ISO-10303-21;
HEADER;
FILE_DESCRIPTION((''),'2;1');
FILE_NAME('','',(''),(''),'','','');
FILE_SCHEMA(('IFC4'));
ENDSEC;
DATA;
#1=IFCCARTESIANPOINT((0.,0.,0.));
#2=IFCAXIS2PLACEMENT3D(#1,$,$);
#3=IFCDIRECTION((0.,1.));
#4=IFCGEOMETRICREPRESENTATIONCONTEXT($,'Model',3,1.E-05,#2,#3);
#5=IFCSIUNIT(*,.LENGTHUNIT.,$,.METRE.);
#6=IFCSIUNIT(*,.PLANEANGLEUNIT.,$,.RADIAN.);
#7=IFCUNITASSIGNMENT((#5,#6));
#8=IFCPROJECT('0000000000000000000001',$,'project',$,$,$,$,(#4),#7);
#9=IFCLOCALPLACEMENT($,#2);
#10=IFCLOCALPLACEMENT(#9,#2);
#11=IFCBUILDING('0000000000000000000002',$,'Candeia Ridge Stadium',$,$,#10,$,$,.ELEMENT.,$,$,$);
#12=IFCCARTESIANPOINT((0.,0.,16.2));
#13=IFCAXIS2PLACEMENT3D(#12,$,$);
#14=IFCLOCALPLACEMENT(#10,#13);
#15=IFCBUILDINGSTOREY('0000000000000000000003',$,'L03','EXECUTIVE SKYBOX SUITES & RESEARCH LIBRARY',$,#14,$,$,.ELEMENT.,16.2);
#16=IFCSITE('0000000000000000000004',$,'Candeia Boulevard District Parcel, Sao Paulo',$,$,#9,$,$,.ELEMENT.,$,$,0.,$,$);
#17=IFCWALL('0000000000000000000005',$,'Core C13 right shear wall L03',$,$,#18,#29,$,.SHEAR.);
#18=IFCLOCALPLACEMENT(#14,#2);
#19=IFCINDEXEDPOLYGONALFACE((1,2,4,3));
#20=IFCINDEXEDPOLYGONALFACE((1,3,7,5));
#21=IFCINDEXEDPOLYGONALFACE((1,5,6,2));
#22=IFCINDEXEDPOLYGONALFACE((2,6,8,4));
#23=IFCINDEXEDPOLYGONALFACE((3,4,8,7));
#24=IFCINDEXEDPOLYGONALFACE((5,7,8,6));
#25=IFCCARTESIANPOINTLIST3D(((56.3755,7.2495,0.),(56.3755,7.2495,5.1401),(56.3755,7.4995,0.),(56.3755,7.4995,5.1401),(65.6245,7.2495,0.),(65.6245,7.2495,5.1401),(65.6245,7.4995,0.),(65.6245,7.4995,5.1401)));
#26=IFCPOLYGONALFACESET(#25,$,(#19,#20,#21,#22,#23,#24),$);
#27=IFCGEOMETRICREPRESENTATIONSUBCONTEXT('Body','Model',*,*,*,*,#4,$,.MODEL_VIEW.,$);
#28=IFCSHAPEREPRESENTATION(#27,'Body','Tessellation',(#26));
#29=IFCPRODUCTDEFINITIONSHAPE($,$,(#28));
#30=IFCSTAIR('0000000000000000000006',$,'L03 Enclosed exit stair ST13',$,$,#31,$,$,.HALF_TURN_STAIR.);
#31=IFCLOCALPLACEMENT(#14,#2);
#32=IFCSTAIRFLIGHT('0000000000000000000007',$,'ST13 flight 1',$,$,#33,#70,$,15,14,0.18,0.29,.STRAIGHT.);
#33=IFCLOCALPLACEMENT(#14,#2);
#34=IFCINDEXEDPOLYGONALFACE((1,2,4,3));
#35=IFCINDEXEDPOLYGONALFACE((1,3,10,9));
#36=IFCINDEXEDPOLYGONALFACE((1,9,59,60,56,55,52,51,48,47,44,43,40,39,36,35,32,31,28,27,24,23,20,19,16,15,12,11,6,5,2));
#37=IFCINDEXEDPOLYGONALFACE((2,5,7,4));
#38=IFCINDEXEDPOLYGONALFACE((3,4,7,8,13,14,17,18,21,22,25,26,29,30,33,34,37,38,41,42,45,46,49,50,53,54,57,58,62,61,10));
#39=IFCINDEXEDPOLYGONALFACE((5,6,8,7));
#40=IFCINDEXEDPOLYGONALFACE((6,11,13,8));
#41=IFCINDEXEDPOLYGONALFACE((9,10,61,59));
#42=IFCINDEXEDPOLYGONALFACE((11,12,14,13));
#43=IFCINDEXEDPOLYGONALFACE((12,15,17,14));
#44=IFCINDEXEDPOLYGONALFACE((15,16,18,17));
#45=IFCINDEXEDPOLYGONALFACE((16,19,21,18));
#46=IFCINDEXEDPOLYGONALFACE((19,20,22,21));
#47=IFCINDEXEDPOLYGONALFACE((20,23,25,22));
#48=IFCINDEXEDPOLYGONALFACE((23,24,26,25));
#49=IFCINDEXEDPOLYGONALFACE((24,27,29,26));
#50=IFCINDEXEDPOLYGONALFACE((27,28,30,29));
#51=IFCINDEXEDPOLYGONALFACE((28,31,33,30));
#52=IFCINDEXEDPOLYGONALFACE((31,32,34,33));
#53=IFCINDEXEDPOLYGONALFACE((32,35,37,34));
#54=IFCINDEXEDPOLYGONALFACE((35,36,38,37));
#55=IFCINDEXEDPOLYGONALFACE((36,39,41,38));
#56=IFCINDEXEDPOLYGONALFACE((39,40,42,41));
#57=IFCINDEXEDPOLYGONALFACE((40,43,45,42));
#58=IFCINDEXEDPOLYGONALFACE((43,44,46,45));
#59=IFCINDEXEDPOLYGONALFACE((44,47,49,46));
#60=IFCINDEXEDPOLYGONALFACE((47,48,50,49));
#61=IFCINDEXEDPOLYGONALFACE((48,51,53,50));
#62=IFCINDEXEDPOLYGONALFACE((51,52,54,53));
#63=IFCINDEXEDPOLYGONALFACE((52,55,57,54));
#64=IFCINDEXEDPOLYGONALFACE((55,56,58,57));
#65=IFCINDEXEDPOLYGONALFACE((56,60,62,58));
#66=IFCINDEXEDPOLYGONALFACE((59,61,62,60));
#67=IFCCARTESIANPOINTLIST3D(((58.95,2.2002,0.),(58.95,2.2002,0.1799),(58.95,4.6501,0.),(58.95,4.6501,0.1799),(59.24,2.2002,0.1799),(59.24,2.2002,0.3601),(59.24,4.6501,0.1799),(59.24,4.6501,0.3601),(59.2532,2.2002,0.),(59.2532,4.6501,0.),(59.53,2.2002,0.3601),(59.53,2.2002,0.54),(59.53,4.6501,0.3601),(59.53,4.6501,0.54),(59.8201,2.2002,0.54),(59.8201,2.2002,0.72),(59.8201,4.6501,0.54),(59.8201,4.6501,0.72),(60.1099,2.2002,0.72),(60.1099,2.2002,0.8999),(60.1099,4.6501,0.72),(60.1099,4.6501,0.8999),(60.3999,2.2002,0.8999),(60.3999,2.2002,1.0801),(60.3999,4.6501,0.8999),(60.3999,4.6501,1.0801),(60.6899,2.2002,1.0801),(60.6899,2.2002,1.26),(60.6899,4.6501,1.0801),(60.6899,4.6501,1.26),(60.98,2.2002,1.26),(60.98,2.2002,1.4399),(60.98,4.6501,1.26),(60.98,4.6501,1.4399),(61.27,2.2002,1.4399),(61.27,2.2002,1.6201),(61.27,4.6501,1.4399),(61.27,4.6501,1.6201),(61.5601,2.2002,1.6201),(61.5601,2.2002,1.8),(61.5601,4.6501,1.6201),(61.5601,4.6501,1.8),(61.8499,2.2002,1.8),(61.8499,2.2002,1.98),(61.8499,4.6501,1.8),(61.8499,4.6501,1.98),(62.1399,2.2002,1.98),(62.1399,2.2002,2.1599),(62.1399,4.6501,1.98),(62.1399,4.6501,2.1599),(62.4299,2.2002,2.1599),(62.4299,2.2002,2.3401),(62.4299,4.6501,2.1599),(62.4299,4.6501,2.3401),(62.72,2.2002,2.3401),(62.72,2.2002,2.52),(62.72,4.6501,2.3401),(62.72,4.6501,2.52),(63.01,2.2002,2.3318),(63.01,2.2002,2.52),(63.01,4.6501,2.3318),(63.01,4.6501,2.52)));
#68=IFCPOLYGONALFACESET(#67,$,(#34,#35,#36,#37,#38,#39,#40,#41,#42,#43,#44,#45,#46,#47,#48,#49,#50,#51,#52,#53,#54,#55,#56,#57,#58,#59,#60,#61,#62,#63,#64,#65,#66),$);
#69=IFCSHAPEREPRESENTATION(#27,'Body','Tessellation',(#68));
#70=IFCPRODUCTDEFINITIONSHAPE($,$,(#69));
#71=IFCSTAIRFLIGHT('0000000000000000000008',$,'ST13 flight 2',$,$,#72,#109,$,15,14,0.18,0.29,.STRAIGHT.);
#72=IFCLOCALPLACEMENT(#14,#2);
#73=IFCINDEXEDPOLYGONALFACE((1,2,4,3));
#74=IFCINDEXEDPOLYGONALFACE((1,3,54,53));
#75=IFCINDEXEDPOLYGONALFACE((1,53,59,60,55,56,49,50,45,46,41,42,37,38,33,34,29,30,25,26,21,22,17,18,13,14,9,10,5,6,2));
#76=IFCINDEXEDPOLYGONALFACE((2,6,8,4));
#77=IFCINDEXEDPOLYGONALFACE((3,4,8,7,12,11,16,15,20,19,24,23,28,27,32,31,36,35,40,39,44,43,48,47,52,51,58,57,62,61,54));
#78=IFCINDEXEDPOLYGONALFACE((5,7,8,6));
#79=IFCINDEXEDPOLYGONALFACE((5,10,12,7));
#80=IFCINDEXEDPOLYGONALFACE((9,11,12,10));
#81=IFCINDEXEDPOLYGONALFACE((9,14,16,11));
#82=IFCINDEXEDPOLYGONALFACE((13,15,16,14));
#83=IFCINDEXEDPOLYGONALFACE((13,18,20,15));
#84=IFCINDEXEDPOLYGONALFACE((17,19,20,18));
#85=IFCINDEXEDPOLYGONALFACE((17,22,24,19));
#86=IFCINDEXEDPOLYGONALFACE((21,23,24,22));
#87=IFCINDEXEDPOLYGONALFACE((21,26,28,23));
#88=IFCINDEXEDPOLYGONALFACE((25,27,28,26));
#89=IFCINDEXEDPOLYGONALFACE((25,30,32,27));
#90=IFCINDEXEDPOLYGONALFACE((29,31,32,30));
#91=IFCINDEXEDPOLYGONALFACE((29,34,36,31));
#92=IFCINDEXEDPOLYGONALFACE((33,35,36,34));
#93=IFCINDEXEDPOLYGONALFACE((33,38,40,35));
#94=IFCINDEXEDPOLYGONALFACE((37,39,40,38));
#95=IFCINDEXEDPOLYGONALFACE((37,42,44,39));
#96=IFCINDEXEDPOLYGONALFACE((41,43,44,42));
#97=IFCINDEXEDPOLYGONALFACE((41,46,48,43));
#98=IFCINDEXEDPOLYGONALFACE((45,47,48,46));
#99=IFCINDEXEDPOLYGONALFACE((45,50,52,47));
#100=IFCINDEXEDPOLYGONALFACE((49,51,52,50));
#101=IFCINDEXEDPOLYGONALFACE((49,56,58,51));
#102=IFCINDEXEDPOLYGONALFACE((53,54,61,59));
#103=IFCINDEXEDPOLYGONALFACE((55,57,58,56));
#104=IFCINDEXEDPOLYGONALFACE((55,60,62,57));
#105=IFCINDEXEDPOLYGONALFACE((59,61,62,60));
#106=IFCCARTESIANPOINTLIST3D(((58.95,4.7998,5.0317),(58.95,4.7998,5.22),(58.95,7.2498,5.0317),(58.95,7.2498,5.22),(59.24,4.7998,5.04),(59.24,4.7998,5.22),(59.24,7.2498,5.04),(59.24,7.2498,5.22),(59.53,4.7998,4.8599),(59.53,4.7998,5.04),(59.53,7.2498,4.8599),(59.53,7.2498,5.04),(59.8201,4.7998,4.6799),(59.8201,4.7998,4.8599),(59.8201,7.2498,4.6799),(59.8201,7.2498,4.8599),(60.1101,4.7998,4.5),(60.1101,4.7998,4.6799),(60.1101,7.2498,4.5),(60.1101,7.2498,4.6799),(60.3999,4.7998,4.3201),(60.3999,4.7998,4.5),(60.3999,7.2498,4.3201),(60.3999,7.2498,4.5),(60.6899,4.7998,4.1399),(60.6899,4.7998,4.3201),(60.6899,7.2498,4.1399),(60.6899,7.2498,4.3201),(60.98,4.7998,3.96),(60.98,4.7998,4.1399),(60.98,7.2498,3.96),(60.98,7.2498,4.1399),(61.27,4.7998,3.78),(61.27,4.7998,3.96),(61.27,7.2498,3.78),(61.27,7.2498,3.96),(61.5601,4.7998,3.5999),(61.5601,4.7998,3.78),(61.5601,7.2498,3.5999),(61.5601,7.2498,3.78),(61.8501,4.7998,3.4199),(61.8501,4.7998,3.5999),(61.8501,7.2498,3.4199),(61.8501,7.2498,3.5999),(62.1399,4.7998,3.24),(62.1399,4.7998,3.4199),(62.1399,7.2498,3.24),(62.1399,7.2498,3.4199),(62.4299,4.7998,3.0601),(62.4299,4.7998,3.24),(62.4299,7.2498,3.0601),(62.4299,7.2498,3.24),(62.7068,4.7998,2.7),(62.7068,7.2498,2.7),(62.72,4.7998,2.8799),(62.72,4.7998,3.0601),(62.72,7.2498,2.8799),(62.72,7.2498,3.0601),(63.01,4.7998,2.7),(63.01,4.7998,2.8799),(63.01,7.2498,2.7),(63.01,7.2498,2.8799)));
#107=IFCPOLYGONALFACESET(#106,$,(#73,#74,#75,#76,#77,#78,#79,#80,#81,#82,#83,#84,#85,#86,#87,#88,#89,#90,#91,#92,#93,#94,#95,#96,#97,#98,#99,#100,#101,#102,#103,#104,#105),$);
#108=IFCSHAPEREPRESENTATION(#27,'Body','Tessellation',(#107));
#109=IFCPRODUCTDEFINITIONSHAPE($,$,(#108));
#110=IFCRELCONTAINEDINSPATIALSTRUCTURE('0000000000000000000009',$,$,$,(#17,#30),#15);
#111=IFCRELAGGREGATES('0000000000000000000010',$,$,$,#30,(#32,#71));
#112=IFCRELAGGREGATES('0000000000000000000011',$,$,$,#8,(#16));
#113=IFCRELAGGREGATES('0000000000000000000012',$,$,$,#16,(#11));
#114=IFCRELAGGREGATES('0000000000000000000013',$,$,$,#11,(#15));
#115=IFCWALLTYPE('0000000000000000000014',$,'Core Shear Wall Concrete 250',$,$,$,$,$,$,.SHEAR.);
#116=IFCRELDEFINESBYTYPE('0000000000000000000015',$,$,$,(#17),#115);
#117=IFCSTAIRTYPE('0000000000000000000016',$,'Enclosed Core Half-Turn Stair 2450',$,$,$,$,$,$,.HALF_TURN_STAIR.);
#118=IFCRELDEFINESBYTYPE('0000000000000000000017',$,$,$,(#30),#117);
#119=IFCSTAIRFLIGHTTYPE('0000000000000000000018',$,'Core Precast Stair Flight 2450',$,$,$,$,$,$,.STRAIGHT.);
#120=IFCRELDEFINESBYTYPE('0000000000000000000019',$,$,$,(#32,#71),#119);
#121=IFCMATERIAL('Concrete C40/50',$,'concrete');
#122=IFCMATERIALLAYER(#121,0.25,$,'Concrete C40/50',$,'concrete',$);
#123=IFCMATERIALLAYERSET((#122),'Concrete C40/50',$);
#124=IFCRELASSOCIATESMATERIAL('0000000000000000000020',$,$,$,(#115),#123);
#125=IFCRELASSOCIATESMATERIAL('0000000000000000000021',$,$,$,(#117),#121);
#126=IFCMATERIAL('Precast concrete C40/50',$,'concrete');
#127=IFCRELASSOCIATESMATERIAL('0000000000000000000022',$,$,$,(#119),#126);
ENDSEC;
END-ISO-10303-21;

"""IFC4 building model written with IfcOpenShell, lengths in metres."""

from ifc_helpers import new_model, si_unit, direction, frame, frame_2d, origin, place, context, subcontext, project, spatial, polyline, rectangle, outline, extrude, material, layer, layer_set, type_object, element, aggregate, save


model = new_model("IFC4")

# Units and contexts
model_context = context("Model", 3, precision=1e-05, world=origin(), true_north=direction((0.0, 1.0)))
body_context = subcontext(model_context, "Body", "Model", "MODEL_VIEW")
ifc_project = project(units=[si_unit("LENGTHUNIT", "METRE"), si_unit("PLANEANGLEUNIT", "RADIAN")], contexts=[model_context])

# Site, building, storey
site_placement = place(None, origin())
site = spatial("IfcSite", under=ifc_project, at=site_placement, Name="Candeia Boulevard District Parcel, Sao Paulo", CompositionType="ELEMENT", RefElevation=0.0)
building_placement = place(site_placement, origin())
building = spatial("IfcBuilding", under=site, at=building_placement, Name="Candeia Ridge Stadium", CompositionType="ELEMENT")
storey_placement = place(building_placement, frame((0.0, 0.0, 16.2)))
storey = spatial("IfcBuildingStorey", under=building, at=storey_placement, Name="L03", Description="EXECUTIVE SKYBOX SUITES & RESEARCH LIBRARY", CompositionType="ELEMENT", Elevation=16.2)

# Shared definitions
ifc_material_1 = material(Name="Concrete C40/50", Category="concrete")

# Wall
ifc_layer_1 = layer(ifc_material_1, 0.25, Name="Concrete C40/50", Category="concrete")
ifc_layer_set_1 = layer_set([ifc_layer_1], Name="Concrete C40/50")
wall_type = type_object("IfcWallType", Name="Core Shear Wall Concrete 250", PredefinedType="SHEAR", material=ifc_layer_set_1)
wall_1_placement = place(storey_placement, frame((65.6245, 7.3745, 0.0), z_axis=(0.0, 0.0, 1.0), x_axis=(-1.0, 0.0, 0.0)))
element("IfcWall", 1, at=wall_1_placement, inside=storey, type_object=wall_type, Name="Core C13 right shear wall L03", PredefinedType="SHEAR", context=body_context, shape_type="SweptSolid", body=[
    extrude(rectangle(XDim=9.249, YDim=0.25, at=frame_2d((4.6245, 0.0))), origin(), (0.0, 0.0, 1.0), 5.1401),
])

# Stair, stair flights
stair_type = type_object("IfcStairType", Name="Enclosed Core Half-Turn Stair 2450", PredefinedType="HALF_TURN_STAIR", material=ifc_material_1)
stair_placement = place(storey_placement, origin())
stair = element("IfcStair", 2, at=stair_placement, inside=storey, type_object=stair_type, Name="L03 Enclosed exit stair ST13", PredefinedType="HALF_TURN_STAIR")
ifc_material_2 = material(Name="Precast concrete C40/50", Category="concrete")
stair_flight_type = type_object("IfcStairFlightType", Name="Core Precast Stair Flight 2450", PredefinedType="STRAIGHT", material=ifc_material_2)
stair_flight_1_placement = place(storey_placement, frame((58.95, 3.425, 0.0), z_axis=(0.0, 0.0, 1.0), x_axis=(1.0, 0.0, 0.0)))
stair_flight_1 = element("IfcStairFlight", 3, at=stair_flight_1_placement, type_object=stair_flight_type, Name="ST13 flight 1", NumberOfRisers=15, NumberOfTreads=14, PredefinedType="STRAIGHT", RiserHeight=0.18, TreadLength=0.29, context=body_context, shape_type="SweptSolid", body=[
    extrude(outline(polyline([(0.0, 0.0), (0.0, 0.1799), (0.29, 0.1799), (0.29, 0.3601), (0.5801, 0.3601), (0.5801, 0.54), (0.8701, 0.54), (0.8701, 0.72), (1.1599, 0.72), (1.1599, 0.8999), (1.45, 0.8999), (1.45, 1.0801), (1.74, 1.0801), (1.74, 1.26), (2.03, 1.26), (2.03, 1.4399), (2.3201, 1.4399), (2.3201, 1.6201), (2.6101, 1.6201), (2.6101, 1.8), (2.8999, 1.8), (2.8999, 1.98), (3.1899, 1.98), (3.1899, 2.1599), (3.48, 2.1599), (3.48, 2.3401), (3.77, 2.3401), (3.77, 2.52), (4.0601, 2.52), (4.0601, 2.7), (4.0601, 2.3318), (0.3032, 0.0), (0.0, 0.0)])), frame((0.0, 1.2251, 0.0), z_axis=(0.0, -1.0, 0.0), x_axis=(1.0, 0.0, 0.0)), (0.0, 0.0, 1.0), 2.45),
])
stair_flight_2_placement = place(storey_placement, frame((63.01, 6.0249, 2.7), z_axis=(0.0, 0.0, 1.0), x_axis=(-1.0, 0.0, 0.0)))
stair_flight_2 = element("IfcStairFlight", 4, at=stair_flight_2_placement, type_object=stair_flight_type, Name="ST13 flight 2", NumberOfRisers=15, NumberOfTreads=14, PredefinedType="STRAIGHT", RiserHeight=0.18, TreadLength=0.29, context=body_context, shape_type="SweptSolid", body=[
    extrude(outline(polyline([(0.0, 0.0), (0.0, 0.1799), (0.29, 0.1799), (0.29, 0.3601), (0.5801, 0.3601), (0.5801, 0.54), (0.8701, 0.54), (0.8701, 0.72), (1.1599, 0.72), (1.1599, 0.8999), (1.45, 0.8999), (1.45, 1.0801), (1.74, 1.0801), (1.74, 1.26), (2.03, 1.26), (2.03, 1.4399), (2.3201, 1.4399), (2.3201, 1.6201), (2.6101, 1.6201), (2.6101, 1.8), (2.8999, 1.8), (2.8999, 1.98), (3.1899, 1.98), (3.1899, 2.1599), (3.48, 2.1599), (3.48, 2.3401), (3.77, 2.3401), (3.77, 2.52), (4.0601, 2.52), (4.0601, 2.7), (4.0601, 2.3318), (0.3032, 0.0), (0.0, 0.0)])), frame((0.0, 1.2251, 0.0), z_axis=(0.0, -1.0, 0.0), x_axis=(1.0, 0.0, 0.0)), (0.0, 0.0, 1.0), 2.45),
])
aggregate(stair, [stair_flight_1, stair_flight_2])

save(model, "model.ifc")
